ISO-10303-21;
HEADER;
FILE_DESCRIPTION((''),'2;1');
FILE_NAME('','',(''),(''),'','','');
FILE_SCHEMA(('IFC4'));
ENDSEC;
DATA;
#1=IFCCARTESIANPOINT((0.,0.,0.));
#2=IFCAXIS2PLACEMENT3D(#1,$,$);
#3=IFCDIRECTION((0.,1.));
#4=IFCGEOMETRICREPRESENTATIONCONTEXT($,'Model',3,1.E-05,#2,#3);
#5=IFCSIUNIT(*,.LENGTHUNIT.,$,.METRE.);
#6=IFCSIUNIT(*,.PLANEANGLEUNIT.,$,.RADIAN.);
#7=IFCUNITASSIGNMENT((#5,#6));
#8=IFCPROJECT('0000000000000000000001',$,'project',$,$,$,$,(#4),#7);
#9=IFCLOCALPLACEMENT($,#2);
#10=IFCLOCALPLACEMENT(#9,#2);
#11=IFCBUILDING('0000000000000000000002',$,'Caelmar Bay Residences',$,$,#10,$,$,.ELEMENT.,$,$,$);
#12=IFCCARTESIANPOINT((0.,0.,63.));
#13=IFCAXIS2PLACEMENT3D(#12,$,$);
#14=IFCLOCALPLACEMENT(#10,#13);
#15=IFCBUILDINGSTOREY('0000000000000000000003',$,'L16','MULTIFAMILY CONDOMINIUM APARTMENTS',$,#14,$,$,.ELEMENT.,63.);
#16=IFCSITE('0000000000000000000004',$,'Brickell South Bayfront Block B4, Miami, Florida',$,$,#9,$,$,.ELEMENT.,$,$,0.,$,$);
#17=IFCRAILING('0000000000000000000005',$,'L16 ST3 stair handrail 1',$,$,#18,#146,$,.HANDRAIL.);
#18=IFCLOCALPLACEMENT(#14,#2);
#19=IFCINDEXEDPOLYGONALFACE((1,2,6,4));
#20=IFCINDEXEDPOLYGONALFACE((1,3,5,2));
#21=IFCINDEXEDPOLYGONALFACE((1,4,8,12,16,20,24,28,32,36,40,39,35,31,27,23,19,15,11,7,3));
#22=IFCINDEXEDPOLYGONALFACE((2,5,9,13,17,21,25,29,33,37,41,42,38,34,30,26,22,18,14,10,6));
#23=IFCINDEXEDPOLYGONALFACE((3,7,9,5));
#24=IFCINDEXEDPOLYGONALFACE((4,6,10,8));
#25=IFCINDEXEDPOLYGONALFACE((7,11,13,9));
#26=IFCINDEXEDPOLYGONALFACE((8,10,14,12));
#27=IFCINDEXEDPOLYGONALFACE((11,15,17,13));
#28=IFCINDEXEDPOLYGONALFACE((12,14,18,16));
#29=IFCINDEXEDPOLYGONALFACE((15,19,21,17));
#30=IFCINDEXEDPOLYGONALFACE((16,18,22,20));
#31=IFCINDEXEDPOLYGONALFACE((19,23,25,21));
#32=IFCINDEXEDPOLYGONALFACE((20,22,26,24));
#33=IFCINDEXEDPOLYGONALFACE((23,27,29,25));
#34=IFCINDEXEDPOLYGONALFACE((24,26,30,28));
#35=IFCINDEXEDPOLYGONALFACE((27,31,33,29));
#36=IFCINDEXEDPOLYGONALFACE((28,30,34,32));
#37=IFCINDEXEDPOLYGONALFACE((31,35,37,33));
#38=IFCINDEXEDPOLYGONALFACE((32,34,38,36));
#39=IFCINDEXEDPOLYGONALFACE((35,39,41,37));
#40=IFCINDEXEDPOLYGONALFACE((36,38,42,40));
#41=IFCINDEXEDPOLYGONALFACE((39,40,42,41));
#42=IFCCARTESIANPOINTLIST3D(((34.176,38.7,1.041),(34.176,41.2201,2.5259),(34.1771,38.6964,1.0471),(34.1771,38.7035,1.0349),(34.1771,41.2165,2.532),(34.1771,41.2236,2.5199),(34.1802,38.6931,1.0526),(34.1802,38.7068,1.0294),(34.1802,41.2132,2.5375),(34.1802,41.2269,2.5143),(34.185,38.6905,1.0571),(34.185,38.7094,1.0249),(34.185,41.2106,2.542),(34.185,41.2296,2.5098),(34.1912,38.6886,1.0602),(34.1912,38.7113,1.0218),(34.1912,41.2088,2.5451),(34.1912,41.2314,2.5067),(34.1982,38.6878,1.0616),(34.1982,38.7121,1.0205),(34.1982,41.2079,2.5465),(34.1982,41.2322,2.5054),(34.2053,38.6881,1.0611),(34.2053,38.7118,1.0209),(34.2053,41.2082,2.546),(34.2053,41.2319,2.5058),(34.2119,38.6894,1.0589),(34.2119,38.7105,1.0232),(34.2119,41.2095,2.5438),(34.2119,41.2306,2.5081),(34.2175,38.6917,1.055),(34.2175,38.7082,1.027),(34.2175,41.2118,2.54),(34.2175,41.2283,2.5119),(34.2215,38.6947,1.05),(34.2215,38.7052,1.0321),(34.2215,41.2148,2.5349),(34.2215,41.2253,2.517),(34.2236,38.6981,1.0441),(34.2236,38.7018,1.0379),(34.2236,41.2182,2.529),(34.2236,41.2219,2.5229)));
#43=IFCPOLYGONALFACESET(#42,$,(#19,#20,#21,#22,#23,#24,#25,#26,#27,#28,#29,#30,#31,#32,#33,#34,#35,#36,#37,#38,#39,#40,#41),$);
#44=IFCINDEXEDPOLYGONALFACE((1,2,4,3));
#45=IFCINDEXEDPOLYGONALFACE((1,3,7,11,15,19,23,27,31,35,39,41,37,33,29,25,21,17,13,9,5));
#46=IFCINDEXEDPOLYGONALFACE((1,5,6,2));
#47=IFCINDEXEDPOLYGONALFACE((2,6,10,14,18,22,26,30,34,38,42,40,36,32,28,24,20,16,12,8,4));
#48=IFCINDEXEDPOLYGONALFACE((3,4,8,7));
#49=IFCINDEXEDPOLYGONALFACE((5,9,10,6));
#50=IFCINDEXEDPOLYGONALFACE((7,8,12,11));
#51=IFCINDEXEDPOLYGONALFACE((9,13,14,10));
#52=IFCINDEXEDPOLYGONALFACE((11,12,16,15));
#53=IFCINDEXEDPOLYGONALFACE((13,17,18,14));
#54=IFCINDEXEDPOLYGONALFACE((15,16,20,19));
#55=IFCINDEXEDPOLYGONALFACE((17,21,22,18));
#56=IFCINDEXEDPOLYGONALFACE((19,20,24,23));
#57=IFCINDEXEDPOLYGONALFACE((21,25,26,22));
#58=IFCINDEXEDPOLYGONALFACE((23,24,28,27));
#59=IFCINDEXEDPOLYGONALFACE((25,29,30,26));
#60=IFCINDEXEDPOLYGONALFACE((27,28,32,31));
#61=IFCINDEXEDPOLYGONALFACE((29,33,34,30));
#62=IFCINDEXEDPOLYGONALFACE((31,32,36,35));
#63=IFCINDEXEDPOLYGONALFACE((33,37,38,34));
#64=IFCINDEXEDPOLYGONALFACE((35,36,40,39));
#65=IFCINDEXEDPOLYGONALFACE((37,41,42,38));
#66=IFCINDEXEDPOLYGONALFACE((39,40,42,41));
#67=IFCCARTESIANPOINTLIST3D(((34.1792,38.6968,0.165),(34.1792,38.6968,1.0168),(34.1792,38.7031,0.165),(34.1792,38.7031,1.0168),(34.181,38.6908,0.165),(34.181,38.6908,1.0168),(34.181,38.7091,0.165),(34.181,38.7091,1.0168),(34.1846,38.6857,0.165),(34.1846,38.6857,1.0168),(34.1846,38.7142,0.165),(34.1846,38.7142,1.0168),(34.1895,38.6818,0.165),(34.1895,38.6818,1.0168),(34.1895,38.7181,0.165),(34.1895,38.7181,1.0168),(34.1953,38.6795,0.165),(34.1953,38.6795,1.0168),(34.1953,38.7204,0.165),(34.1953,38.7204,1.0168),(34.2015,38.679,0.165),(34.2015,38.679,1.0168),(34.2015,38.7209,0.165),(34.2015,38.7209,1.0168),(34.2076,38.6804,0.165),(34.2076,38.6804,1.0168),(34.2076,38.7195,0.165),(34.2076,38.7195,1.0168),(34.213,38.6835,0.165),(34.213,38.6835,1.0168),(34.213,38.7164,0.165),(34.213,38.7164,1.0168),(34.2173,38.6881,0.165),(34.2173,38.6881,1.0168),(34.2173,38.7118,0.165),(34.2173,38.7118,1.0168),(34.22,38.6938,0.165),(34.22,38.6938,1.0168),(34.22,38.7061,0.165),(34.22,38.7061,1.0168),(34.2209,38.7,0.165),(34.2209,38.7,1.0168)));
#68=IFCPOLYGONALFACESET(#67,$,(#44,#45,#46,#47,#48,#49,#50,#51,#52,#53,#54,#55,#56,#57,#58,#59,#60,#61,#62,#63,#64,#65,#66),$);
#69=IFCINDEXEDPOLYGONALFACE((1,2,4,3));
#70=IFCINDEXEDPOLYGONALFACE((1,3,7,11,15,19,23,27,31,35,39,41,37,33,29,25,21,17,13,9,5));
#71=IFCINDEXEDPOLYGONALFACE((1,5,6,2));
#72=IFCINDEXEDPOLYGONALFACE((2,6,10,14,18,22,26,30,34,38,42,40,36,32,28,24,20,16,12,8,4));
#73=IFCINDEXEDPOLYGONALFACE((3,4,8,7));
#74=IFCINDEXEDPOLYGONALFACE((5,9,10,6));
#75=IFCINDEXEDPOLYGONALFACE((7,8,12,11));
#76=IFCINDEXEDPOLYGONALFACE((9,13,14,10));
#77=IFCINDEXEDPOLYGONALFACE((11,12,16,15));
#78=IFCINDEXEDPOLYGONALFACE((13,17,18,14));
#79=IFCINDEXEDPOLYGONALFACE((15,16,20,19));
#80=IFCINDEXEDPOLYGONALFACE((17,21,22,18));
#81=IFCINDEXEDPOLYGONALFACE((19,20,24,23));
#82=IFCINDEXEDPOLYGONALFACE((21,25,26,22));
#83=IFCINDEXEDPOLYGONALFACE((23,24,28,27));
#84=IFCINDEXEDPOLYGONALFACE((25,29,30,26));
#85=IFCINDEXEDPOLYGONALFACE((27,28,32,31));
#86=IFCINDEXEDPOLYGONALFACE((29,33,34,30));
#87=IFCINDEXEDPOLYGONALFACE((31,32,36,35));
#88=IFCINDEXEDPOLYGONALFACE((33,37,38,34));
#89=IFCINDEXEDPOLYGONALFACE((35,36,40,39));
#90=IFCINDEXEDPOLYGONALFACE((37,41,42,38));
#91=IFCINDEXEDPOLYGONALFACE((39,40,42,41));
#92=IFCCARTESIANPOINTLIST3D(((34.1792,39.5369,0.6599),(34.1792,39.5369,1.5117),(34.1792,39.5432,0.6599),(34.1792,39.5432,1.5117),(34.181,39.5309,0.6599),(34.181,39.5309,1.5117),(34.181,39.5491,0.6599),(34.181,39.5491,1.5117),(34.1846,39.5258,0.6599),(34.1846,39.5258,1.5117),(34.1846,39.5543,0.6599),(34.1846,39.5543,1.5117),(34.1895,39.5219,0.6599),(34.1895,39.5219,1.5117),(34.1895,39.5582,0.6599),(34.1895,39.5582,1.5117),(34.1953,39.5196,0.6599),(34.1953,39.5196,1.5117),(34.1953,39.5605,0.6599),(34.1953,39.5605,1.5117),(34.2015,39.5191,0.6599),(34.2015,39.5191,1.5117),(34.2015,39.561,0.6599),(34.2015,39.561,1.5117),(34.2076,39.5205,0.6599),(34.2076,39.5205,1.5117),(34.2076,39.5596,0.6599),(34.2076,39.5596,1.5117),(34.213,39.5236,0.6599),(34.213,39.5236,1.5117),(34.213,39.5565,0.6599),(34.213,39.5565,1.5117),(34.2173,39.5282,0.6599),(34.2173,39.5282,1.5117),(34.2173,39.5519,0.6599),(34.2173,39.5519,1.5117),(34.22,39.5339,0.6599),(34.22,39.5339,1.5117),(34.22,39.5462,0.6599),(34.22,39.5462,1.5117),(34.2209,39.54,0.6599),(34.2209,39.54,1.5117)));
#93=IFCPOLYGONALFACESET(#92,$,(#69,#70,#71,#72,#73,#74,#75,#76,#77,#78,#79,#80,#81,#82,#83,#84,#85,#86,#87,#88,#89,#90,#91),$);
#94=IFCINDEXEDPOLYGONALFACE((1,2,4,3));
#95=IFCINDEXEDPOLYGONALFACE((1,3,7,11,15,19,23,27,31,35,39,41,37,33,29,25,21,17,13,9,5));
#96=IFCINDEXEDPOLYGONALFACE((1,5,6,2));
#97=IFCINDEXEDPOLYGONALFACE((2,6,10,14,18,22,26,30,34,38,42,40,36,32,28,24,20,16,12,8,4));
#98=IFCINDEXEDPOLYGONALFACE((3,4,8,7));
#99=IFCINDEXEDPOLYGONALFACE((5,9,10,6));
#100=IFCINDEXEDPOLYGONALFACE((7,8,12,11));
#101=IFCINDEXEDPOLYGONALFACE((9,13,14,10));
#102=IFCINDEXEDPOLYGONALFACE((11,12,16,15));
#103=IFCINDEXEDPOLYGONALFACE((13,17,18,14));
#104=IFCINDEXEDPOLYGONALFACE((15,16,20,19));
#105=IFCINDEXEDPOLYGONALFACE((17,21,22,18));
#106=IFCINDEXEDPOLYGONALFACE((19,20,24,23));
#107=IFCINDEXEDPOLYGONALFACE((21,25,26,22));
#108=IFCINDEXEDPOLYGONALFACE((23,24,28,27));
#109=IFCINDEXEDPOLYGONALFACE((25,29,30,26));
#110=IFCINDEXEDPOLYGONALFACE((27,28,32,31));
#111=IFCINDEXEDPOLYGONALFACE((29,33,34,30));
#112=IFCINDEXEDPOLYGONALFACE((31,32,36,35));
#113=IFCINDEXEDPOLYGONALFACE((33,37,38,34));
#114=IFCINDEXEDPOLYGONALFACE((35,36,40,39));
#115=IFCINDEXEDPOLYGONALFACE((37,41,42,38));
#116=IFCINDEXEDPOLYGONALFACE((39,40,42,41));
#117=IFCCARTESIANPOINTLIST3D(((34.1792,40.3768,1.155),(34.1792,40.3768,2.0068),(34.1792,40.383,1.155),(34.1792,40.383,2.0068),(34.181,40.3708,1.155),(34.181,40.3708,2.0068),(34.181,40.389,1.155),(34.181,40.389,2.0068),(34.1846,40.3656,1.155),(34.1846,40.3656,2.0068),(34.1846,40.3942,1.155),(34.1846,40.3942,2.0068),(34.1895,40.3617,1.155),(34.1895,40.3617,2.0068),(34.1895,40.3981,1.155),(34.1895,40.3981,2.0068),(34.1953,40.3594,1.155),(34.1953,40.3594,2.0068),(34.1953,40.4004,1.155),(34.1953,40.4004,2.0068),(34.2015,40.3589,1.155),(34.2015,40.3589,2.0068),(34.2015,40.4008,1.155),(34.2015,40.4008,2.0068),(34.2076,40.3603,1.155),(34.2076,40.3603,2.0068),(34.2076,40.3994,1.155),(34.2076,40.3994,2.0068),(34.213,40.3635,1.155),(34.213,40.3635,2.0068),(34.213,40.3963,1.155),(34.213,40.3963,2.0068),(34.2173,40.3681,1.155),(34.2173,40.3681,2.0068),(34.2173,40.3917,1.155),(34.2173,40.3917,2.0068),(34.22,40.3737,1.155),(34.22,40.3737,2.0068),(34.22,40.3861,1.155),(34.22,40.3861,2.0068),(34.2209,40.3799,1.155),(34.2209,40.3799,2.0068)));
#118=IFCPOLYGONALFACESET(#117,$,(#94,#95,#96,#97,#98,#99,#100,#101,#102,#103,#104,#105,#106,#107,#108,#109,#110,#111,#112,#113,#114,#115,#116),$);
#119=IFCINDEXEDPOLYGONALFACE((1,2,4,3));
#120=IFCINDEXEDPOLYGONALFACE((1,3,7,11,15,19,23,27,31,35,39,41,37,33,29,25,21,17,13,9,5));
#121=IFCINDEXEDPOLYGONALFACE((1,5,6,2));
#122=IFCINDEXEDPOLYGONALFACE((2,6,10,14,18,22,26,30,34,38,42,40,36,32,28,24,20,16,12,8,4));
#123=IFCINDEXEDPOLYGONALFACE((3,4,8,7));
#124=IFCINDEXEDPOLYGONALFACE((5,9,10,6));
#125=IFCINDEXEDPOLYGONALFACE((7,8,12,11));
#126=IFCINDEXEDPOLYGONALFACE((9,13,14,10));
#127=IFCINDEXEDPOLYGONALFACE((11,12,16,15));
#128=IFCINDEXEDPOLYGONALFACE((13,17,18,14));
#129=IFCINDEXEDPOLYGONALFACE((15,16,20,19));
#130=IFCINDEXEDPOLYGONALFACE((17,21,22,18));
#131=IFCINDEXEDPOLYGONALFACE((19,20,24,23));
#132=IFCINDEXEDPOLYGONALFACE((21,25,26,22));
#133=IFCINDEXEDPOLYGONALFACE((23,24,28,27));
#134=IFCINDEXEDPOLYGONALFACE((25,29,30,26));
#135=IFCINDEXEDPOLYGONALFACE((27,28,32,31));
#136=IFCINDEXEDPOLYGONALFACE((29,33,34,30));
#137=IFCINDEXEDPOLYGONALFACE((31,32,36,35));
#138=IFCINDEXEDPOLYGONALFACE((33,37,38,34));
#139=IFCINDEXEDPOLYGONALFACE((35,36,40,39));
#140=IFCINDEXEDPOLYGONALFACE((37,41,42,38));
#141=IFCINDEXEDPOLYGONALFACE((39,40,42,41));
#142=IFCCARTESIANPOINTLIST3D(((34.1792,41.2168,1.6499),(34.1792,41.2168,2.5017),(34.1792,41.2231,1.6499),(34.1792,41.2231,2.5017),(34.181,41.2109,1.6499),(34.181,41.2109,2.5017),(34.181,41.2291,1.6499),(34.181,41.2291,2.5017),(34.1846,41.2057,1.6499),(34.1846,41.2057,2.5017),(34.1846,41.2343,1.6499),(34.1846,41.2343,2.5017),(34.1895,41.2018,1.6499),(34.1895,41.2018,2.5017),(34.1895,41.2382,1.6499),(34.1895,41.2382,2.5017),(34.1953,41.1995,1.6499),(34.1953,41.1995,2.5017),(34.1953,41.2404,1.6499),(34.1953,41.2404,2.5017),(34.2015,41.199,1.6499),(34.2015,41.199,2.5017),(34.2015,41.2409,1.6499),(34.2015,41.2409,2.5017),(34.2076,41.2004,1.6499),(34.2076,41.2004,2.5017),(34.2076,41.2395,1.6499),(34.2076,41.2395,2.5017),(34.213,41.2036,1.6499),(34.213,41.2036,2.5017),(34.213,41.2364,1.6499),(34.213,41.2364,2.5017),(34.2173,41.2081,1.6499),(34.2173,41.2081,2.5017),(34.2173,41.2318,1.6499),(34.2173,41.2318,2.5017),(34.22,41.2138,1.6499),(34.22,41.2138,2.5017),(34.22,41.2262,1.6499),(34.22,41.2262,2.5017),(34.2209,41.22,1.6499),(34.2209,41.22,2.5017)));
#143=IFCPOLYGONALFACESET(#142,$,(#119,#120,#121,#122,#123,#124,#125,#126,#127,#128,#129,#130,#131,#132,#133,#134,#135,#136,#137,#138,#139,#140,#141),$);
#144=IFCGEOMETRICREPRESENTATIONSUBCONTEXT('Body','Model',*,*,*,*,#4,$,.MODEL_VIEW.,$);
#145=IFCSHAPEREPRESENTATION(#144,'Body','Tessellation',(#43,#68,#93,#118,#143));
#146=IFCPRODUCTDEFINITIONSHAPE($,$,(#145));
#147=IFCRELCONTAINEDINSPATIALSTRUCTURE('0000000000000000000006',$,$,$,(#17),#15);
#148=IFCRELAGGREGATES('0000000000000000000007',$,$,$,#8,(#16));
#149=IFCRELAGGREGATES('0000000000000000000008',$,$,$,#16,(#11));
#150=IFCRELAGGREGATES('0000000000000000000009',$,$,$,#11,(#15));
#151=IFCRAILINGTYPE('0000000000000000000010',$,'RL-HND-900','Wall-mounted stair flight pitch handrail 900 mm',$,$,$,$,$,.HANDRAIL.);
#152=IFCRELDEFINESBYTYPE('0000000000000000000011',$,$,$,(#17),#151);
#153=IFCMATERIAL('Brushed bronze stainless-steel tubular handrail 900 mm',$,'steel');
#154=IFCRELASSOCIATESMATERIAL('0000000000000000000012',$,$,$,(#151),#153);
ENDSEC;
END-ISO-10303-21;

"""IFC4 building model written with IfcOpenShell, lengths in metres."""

from ifc_helpers import new_model, si_unit, direction, frame, origin, origin_2d, place, context, subcontext, project, spatial, circle, extrude, material, type_object, element, save


model = new_model("IFC4")

# Units and contexts
model_context = context("Model", 3, precision=1e-05, world=origin(), true_north=direction((0.0, 1.0)))
body_context = subcontext(model_context, "Body", "Model", "MODEL_VIEW")
ifc_project = project(units=[si_unit("LENGTHUNIT", "METRE"), si_unit("PLANEANGLEUNIT", "RADIAN")], contexts=[model_context])

# Site, building, storey
site_placement = place(None, origin())
site = spatial("IfcSite", under=ifc_project, at=site_placement, Name="Brickell South Bayfront Block B4, Miami, Florida", CompositionType="ELEMENT", RefElevation=0.0)
building_placement = place(site_placement, origin())
building = spatial("IfcBuilding", under=site, at=building_placement, Name="Caelmar Bay Residences", CompositionType="ELEMENT")
storey_placement = place(building_placement, frame((0.0, 0.0, 63.0)))
storey = spatial("IfcBuildingStorey", under=building, at=storey_placement, Name="L16", Description="MULTIFAMILY CONDOMINIUM APARTMENTS", CompositionType="ELEMENT", Elevation=63.0)

# Railing
ifc_material_1 = material(Name="Brushed bronze stainless-steel tubular handrail 900 mm", Category="steel")
railing_type_1 = type_object("IfcRailingType", Name="RL-HND-900", Description="Wall-mounted stair flight pitch handrail 900 mm", PredefinedType="HANDRAIL", material=ifc_material_1)
railing_1_placement = place(storey_placement, frame((34.2, 38.7, 0.165)))
element("IfcRailing", 1, at=railing_1_placement, inside=storey, type_object=railing_type_1, Name="L16 ST3 stair handrail 1", PredefinedType="HANDRAIL", context=body_context, shape_type="SweptSolid", body=[
    extrude(circle(Radius=0.0239, at=origin_2d()), frame((0.0, 0.0, 0.876), z_axis=(0.0, 0.861561, 0.507655), x_axis=(-1.0, 0.0, 0.0)), (0.0, 0.0, 1.0), 2.925),
    extrude(circle(Radius=0.021, at=origin_2d()), origin(), (0.0, 0.0, 1.0), 0.8518),
    extrude(circle(Radius=0.021, at=origin_2d()), frame((0.0, 0.8401, 0.4949)), (0.0, 0.0, 1.0), 0.8518),
    extrude(circle(Radius=0.021, at=origin_2d()), frame((0.0, 1.6799, 0.99)), (0.0, 0.0, 1.0), 0.8518),
    extrude(circle(Radius=0.021, at=origin_2d()), frame((0.0, 2.52, 1.4849)), (0.0, 0.0, 1.0), 0.8518),
])

save(model, "model.ifc")
